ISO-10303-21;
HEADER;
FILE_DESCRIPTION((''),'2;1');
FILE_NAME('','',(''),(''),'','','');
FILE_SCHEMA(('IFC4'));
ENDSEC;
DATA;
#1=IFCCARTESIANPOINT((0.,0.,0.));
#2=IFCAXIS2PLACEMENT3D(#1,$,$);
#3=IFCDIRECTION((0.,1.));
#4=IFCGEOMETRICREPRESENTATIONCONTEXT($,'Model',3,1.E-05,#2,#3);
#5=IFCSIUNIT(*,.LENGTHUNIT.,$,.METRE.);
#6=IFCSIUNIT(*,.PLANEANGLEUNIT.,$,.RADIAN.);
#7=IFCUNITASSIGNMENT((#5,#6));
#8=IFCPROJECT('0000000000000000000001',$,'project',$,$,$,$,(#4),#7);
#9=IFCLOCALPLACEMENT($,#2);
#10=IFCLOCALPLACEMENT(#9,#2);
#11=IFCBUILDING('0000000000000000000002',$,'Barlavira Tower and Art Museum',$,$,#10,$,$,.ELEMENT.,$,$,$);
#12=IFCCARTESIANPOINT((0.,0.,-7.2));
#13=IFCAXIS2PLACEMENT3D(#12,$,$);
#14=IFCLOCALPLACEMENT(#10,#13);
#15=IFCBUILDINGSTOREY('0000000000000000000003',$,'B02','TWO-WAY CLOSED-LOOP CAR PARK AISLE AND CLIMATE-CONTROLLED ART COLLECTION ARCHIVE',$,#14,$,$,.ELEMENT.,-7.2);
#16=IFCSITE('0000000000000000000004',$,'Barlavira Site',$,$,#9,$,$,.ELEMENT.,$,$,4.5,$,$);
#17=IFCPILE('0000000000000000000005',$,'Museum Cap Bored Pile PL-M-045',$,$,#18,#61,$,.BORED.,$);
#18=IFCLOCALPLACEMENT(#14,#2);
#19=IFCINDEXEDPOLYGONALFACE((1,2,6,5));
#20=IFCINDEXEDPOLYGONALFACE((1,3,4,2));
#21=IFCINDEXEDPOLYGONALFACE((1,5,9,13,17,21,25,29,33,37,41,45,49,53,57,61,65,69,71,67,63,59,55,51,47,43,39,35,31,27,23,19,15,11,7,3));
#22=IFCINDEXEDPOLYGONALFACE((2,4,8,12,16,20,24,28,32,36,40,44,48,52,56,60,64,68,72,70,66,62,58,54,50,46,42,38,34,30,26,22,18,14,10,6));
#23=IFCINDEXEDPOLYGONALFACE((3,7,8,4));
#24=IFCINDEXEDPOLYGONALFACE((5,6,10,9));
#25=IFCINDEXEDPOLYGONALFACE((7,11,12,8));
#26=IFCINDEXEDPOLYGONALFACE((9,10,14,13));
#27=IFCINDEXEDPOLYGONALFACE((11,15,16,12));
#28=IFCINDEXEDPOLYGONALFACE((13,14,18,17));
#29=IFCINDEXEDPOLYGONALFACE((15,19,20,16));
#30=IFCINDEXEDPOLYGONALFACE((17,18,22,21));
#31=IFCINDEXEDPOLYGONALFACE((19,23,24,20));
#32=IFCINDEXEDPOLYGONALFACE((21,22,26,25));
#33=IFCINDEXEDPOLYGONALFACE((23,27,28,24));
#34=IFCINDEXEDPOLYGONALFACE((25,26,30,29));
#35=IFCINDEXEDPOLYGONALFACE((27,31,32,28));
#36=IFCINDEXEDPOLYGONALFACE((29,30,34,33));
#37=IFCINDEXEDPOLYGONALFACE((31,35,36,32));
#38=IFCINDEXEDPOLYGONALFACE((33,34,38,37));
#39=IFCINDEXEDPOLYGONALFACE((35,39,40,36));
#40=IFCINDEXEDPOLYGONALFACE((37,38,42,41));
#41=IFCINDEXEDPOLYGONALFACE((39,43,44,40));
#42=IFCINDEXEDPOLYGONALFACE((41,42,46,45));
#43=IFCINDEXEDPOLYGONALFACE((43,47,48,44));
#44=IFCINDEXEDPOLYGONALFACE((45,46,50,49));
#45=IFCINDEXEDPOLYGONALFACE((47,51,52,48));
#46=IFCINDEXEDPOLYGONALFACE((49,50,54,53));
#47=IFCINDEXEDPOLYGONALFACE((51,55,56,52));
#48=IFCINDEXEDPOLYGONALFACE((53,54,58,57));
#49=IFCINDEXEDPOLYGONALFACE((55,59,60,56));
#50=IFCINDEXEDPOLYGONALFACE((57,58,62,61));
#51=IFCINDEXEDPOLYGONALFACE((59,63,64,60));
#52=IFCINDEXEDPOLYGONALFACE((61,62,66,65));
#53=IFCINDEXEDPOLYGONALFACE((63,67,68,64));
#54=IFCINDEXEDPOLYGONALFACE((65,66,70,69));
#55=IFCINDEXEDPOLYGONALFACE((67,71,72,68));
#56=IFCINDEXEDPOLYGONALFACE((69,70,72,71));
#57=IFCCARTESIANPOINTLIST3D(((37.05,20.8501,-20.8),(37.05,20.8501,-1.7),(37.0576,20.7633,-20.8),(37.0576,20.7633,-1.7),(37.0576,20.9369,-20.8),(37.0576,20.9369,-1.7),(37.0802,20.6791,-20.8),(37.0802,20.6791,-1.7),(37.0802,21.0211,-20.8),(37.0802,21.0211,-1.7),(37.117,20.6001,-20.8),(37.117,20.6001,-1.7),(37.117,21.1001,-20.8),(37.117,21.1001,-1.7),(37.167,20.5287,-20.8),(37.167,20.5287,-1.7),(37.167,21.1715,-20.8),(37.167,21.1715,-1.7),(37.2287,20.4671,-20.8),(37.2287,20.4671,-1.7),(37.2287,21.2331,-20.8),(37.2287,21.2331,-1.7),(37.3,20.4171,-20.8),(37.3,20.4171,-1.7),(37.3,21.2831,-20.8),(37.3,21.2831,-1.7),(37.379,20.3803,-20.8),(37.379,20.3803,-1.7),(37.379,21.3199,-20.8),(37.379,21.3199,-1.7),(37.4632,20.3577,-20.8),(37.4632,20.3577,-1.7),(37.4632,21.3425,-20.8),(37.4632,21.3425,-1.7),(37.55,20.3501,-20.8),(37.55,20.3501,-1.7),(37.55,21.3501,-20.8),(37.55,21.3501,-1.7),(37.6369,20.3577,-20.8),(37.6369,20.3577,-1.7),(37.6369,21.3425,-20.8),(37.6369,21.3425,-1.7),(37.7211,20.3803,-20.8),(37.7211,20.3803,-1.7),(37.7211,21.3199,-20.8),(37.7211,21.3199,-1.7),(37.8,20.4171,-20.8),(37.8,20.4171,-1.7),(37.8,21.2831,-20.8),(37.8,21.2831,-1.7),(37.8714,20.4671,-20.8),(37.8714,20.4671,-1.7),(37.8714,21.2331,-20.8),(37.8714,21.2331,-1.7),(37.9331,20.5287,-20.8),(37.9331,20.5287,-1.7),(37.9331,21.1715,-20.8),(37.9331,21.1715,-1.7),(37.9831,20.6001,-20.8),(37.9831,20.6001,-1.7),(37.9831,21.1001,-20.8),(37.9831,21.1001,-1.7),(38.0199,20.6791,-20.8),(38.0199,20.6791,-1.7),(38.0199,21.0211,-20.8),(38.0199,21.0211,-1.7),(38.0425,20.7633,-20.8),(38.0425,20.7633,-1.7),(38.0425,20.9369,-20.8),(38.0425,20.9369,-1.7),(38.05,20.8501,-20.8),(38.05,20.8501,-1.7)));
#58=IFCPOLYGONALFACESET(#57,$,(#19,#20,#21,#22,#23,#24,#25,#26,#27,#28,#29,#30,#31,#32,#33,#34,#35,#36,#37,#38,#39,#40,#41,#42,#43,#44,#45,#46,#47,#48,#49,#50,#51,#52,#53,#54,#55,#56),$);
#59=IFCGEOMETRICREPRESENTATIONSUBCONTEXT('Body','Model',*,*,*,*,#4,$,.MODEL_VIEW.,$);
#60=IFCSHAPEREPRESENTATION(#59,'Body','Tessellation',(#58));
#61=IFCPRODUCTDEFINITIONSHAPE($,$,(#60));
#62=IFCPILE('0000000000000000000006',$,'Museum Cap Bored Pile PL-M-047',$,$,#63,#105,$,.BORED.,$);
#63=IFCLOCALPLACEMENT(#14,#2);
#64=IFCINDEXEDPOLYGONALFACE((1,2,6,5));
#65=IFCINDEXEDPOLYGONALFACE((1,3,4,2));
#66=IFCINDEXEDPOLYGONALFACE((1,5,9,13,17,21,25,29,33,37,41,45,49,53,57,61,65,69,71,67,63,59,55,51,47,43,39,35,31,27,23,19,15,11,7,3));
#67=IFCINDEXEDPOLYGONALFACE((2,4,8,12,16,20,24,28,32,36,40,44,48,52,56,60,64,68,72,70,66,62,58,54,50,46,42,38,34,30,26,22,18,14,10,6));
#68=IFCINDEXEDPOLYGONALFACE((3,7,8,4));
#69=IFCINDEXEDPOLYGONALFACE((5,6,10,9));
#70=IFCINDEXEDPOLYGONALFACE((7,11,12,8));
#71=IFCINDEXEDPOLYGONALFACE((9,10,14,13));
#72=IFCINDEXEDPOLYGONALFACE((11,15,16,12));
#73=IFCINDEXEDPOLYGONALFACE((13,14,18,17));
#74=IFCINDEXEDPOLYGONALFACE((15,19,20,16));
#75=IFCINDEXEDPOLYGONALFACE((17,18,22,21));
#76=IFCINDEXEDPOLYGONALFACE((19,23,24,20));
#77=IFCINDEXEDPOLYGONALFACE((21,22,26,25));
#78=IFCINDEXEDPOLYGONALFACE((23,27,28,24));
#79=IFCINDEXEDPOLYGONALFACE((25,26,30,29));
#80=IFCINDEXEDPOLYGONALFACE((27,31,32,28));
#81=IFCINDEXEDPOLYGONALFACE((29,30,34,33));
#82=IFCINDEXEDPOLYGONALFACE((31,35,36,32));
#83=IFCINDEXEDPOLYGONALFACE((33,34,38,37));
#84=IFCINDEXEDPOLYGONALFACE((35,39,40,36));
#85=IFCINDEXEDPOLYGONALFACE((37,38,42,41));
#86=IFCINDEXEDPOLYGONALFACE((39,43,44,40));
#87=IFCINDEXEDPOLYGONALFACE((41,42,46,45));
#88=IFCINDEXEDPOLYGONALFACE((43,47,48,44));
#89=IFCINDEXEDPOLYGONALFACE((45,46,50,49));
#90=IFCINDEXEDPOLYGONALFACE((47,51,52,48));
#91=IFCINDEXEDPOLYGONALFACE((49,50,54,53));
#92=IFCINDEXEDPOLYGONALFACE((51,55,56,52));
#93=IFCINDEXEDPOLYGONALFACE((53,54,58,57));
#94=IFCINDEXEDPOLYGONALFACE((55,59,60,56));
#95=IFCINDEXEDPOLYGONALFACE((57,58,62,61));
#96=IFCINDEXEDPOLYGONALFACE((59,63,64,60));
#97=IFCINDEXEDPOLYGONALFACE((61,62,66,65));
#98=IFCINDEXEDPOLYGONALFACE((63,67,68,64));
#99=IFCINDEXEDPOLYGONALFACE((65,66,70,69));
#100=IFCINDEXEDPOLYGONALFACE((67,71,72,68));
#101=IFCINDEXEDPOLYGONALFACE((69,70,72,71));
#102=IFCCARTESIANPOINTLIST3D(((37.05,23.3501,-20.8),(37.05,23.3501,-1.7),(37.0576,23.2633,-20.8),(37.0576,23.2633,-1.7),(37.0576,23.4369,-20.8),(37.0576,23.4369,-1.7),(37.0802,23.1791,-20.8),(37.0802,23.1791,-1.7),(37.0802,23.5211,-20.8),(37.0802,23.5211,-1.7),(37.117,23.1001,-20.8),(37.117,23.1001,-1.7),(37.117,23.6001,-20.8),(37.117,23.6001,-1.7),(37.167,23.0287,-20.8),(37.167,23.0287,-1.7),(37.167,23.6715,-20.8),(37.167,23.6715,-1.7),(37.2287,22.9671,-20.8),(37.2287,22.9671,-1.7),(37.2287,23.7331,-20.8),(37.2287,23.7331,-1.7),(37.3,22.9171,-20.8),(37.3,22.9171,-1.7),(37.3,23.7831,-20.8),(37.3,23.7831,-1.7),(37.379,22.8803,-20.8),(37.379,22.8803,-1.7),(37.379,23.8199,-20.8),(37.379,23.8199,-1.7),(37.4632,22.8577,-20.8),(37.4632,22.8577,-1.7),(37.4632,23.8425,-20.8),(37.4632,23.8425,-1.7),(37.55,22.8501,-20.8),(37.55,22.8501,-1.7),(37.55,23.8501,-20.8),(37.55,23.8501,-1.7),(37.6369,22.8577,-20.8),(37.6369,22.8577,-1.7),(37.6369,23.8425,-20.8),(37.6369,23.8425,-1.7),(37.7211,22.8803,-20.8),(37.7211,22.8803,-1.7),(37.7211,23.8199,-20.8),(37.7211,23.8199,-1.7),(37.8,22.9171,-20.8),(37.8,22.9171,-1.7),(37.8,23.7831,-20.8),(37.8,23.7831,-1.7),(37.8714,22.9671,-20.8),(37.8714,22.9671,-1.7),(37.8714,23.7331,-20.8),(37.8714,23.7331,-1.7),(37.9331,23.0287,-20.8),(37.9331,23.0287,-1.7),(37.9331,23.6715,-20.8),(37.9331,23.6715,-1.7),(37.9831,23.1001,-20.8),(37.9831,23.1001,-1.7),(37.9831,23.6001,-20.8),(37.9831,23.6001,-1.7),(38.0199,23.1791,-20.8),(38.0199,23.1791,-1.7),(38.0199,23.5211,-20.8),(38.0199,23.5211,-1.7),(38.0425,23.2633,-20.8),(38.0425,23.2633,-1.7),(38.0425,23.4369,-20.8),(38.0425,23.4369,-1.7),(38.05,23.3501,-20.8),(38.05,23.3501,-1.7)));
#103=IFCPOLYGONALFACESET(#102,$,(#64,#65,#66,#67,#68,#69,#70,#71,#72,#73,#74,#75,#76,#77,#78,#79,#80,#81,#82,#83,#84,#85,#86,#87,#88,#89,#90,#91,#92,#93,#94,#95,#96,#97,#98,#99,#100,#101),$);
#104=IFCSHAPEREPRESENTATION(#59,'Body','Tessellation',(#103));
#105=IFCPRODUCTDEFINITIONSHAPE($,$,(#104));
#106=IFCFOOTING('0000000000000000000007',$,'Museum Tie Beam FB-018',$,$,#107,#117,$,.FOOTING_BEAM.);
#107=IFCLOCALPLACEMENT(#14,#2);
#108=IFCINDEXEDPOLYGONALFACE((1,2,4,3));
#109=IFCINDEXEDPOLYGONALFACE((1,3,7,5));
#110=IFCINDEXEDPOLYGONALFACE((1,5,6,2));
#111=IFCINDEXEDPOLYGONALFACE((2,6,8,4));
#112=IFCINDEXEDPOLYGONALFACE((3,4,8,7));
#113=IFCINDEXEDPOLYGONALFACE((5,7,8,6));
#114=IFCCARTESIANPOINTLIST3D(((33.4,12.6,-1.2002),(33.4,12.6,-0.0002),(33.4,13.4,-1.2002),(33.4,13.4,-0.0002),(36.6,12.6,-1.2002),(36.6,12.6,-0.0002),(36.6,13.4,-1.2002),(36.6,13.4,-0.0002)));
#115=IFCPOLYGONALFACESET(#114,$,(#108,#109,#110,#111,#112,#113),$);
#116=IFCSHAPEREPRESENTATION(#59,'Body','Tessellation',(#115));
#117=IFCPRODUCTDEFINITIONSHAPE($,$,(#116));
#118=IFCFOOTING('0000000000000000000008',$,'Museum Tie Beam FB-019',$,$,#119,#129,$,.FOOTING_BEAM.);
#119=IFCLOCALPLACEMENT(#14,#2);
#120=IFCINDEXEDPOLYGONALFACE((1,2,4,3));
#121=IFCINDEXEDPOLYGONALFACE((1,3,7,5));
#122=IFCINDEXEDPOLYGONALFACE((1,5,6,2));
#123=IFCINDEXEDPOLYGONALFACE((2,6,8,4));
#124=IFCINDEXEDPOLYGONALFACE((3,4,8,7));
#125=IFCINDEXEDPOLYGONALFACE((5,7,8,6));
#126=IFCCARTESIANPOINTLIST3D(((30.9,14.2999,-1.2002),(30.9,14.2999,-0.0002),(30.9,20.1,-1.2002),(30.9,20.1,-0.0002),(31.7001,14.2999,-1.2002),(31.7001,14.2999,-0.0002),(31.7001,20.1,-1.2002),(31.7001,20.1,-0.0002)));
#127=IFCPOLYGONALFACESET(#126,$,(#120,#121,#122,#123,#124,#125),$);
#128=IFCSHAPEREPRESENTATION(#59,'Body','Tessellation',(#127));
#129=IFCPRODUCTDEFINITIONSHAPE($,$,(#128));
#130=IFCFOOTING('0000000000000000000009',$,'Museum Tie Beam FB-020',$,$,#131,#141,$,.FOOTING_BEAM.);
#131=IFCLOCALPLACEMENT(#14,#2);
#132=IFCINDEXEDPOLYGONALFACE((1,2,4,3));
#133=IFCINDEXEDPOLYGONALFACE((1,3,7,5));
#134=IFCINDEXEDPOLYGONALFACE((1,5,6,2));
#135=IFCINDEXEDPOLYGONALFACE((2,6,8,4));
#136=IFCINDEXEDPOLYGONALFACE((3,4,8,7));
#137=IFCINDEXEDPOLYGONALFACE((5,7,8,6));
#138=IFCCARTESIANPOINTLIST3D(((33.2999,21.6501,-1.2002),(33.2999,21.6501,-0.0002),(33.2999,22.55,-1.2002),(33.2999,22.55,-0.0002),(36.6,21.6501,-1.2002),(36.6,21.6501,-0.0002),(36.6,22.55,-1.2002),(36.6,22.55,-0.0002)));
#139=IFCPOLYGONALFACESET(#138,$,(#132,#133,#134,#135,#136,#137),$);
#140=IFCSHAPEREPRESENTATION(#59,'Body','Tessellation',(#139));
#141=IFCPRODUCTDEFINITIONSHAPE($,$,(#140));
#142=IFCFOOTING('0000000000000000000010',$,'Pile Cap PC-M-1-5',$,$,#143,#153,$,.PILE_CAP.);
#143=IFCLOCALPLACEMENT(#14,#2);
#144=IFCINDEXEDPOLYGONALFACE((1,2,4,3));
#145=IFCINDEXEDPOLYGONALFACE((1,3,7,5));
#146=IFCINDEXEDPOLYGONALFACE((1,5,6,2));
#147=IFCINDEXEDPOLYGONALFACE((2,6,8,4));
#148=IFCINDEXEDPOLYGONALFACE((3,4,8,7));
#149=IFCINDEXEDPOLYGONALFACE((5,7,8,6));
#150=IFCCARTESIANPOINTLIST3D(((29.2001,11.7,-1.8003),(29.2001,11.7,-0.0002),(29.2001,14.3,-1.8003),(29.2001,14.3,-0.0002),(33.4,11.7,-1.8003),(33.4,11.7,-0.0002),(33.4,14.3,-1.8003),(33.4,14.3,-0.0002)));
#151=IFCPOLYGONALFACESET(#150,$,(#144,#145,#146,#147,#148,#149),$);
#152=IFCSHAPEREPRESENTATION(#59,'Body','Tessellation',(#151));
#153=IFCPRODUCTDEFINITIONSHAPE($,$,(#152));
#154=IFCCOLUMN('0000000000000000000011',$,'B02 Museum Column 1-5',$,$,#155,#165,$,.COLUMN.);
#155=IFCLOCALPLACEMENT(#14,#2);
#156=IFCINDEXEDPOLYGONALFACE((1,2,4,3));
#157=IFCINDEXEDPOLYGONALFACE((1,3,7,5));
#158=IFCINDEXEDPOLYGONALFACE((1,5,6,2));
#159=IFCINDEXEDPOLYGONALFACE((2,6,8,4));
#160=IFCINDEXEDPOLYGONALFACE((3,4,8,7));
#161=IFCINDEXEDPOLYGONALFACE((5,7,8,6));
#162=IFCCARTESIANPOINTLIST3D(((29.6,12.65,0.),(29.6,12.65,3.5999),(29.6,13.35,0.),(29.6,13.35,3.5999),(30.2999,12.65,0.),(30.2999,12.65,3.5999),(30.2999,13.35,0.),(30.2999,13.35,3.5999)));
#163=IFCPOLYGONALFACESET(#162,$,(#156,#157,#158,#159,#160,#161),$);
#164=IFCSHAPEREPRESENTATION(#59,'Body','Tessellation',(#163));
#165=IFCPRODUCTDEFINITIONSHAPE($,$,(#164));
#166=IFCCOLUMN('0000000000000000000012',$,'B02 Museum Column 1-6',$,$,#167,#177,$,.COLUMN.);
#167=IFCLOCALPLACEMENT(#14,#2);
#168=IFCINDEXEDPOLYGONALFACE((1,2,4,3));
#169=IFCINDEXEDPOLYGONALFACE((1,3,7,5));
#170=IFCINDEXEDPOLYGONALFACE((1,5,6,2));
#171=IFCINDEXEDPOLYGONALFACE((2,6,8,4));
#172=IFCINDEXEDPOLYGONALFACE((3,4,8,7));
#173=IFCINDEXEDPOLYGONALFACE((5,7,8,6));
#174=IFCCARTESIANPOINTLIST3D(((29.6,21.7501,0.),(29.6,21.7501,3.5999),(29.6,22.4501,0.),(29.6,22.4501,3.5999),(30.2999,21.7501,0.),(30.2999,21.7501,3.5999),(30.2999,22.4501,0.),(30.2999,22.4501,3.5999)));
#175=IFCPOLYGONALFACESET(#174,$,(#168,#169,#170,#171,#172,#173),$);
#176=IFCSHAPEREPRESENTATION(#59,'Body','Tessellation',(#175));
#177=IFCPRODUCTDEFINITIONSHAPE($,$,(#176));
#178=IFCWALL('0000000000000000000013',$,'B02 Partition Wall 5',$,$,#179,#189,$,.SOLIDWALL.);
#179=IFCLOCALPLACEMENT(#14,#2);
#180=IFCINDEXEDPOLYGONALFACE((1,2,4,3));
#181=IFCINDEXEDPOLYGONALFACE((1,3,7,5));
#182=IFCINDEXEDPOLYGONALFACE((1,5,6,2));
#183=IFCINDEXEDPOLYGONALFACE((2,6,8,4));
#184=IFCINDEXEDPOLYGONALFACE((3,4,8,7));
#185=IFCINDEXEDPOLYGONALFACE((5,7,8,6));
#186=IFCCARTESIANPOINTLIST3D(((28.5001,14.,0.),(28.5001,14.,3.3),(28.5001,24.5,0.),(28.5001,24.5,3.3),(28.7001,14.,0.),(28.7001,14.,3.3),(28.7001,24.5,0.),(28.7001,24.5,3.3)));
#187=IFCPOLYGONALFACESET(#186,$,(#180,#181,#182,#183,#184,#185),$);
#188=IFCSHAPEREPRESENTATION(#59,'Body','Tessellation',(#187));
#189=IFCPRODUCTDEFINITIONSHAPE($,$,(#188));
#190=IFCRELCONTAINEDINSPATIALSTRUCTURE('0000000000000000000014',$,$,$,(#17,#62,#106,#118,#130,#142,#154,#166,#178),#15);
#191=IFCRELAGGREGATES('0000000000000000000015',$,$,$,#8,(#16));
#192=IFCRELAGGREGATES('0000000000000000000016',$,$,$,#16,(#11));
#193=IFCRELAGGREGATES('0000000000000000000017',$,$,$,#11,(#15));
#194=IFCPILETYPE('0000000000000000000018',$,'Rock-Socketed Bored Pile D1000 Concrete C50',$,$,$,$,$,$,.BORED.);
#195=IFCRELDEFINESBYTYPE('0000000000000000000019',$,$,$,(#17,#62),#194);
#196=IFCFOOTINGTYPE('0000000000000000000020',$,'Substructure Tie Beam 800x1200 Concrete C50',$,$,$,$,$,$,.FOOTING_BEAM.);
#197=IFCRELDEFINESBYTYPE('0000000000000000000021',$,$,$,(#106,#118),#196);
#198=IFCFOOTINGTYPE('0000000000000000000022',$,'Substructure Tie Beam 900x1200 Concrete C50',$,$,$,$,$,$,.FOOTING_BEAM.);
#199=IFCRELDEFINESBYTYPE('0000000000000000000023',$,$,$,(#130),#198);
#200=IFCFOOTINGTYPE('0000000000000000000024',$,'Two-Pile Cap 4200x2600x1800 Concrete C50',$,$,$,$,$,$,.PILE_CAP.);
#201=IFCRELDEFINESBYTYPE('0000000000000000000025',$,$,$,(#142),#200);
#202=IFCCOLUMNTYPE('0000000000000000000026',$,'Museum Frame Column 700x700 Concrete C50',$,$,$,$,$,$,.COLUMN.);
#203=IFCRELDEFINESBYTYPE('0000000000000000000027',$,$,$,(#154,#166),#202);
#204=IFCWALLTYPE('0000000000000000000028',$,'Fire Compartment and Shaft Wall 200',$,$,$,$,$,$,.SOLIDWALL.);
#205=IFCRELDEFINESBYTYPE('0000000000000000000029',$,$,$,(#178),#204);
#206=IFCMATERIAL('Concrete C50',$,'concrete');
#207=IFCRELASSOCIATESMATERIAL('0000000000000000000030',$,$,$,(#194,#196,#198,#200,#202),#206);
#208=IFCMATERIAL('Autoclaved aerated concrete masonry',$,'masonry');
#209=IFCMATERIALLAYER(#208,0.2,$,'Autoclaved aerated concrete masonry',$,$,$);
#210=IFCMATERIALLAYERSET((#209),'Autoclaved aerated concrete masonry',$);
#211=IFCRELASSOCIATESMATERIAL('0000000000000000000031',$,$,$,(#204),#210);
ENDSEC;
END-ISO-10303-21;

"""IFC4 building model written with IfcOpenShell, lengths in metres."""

from ifc_helpers import new_model, si_unit, direction, frame, frame_2d, origin, origin_2d, place, context, subcontext, project, spatial, rectangle, circle, extrude, material, layer, layer_set, material_profile, profile_set, type_object, element, save


model = new_model("IFC4")

# Units and contexts
model_context = context("Model", 3, precision=1e-05, world=origin(), true_north=direction((0.0, 1.0)))
body_context = subcontext(model_context, "Body", "Model", "MODEL_VIEW")
ifc_project = project(units=[si_unit("LENGTHUNIT", "METRE"), si_unit("PLANEANGLEUNIT", "RADIAN")], contexts=[model_context])

# Site, building, storey
site_placement = place(None, origin())
site = spatial("IfcSite", under=ifc_project, at=site_placement, Name="Barlavira Site", CompositionType="ELEMENT", RefElevation=4.5)
building_placement = place(site_placement, origin())
building = spatial("IfcBuilding", under=site, at=building_placement, Name="Barlavira Tower and Art Museum", CompositionType="ELEMENT")
storey_placement = place(building_placement, frame((0.0, 0.0, -7.2)))
storey = spatial("IfcBuildingStorey", under=building, at=storey_placement, Name="B02", Description="TWO-WAY CLOSED-LOOP CAR PARK AISLE AND CLIMATE-CONTROLLED ART COLLECTION ARCHIVE", CompositionType="ELEMENT", Elevation=-7.2)

# Shared definitions
ifc_material_1 = material(Name="Concrete C50", Category="concrete")

# Piles
ifc_material_profile_1 = material_profile(ifc_material_1, circle(Radius=0.5, at=origin_2d()), Name="BORED PILE D1000")
ifc_profile_set_1 = profile_set([ifc_material_profile_1], Name="Concrete C50")
pile_type = type_object("IfcPileType", Name="Rock-Socketed Bored Pile D1000 Concrete C50", PredefinedType="BORED", material=ifc_profile_set_1)
for number, where, z_axis, x_axis, name in (
    (1, (37.55, 20.8501, -1.7), (0.0, 0.0, -1.0), (1.0, 0.0, 0.0), "Museum Cap Bored Pile PL-M-045"),
    (2, (37.55, 23.3501, -1.7), (0.0, 0.0, -1.0), (1.0, 0.0, 0.0), "Museum Cap Bored Pile PL-M-047"),
):
    element("IfcPile", number, at=place(storey_placement, frame(where, z_axis=z_axis, x_axis=x_axis)), inside=storey, type_object=pile_type, Name=name, PredefinedType="BORED", context=body_context, shape_type="SweptSolid", body=[
        extrude(circle(Radius=0.5, at=origin_2d()), origin(), (0.0, 0.0, 1.0), 19.1001),
    ])

# Footings
footing_type_1 = type_object("IfcFootingType", Name="Substructure Tie Beam 800x1200 Concrete C50", PredefinedType="FOOTING_BEAM", material=ifc_material_1)
footing_1_placement = place(storey_placement, frame((35.0, 13.0, -1.2002), z_axis=(0.0, 0.0, 1.0), x_axis=(1.0, 0.0, 0.0)))
element("IfcFooting", 3, at=footing_1_placement, inside=storey, type_object=footing_type_1, Name="Museum Tie Beam FB-018", PredefinedType="FOOTING_BEAM", context=body_context, shape_type="SweptSolid", body=[
    extrude(rectangle(XDim=3.2, YDim=0.8, at=origin_2d()), origin(), (0.0, 0.0, 1.0), 1.2),
])
footing_2_placement = place(storey_placement, frame((31.3, 17.2, -1.2002), z_axis=(0.0, 0.0, 1.0), x_axis=(1.0, 0.0, 0.0)))
element("IfcFooting", 4, at=footing_2_placement, inside=storey, type_object=footing_type_1, Name="Museum Tie Beam FB-019", PredefinedType="FOOTING_BEAM", context=body_context, shape_type="SweptSolid", body=[
    extrude(rectangle(XDim=0.8, YDim=5.8, at=origin_2d()), origin(), (0.0, 0.0, 1.0), 1.2),
])
footing_type_2 = type_object("IfcFootingType", Name="Substructure Tie Beam 900x1200 Concrete C50", PredefinedType="FOOTING_BEAM", material=ifc_material_1)
footing_3_placement = place(storey_placement, frame((34.95, 22.1001, -1.2002), z_axis=(0.0, 0.0, 1.0), x_axis=(1.0, 0.0, 0.0)))
element("IfcFooting", 5, at=footing_3_placement, inside=storey, type_object=footing_type_2, Name="Museum Tie Beam FB-020", PredefinedType="FOOTING_BEAM", context=body_context, shape_type="SweptSolid", body=[
    extrude(rectangle(XDim=3.3, YDim=0.8999, at=origin_2d()), origin(), (0.0, 0.0, 1.0), 1.2),
])
footing_type_3 = type_object("IfcFootingType", Name="Two-Pile Cap 4200x2600x1800 Concrete C50", PredefinedType="PILE_CAP", material=ifc_material_1)
footing_4_placement = place(storey_placement, frame((31.3, 13.0, -1.8003), z_axis=(0.0, 0.0, 1.0), x_axis=(1.0, 0.0, 0.0)))
element("IfcFooting", 6, at=footing_4_placement, inside=storey, type_object=footing_type_3, Name="Pile Cap PC-M-1-5", PredefinedType="PILE_CAP", context=body_context, shape_type="SweptSolid", body=[
    extrude(rectangle(XDim=4.2, YDim=2.6001, at=origin_2d()), origin(), (0.0, 0.0, 1.0), 1.8),
])

# Columns
ifc_material_profile_2 = material_profile(ifc_material_1, rectangle(XDim=0.7, YDim=0.7, at=origin_2d()), Name="RC-COL 700x700")
ifc_profile_set_2 = profile_set([ifc_material_profile_2], Name="Concrete C50")
column_type = type_object("IfcColumnType", Name="Museum Frame Column 700x700 Concrete C50", PredefinedType="COLUMN", material=ifc_profile_set_2)
for number, where, z_axis, x_axis, name in (
    (7, (29.95, 13.0, 0.0), (0.0, 0.0, 1.0), (1.0, 0.0, 0.0), "B02 Museum Column 1-5"),
    (8, (29.95, 22.1001, 0.0), (0.0, 0.0, 1.0), (1.0, 0.0, 0.0), "B02 Museum Column 1-6"),
):
    element("IfcColumn", number, at=place(storey_placement, frame(where, z_axis=z_axis, x_axis=x_axis)), inside=storey, type_object=column_type, Name=name, PredefinedType="COLUMN", context=body_context, shape_type="SweptSolid", body=[
        extrude(rectangle(XDim=0.7, YDim=0.7, at=origin_2d()), origin(), (0.0, 0.0, 1.0), 3.5999),
    ])

# Wall
ifc_material_2 = material(Name="Autoclaved aerated concrete masonry", Category="masonry")
ifc_layer_1 = layer(ifc_material_2, 0.2, Name="Autoclaved aerated concrete masonry")
ifc_layer_set_1 = layer_set([ifc_layer_1], Name="Autoclaved aerated concrete masonry")
wall_type_1 = type_object("IfcWallType", Name="Fire Compartment and Shaft Wall 200", PredefinedType="SOLIDWALL", material=ifc_layer_set_1)
wall_1_placement = place(storey_placement, frame((28.6001, 14.0, 0.0), z_axis=(0.0, 0.0, 1.0), x_axis=(0.0, 1.0, 0.0)))
element("IfcWall", 9, at=wall_1_placement, inside=storey, type_object=wall_type_1, Name="B02 Partition Wall 5", PredefinedType="SOLIDWALL", context=body_context, shape_type="SweptSolid", body=[
    extrude(rectangle(XDim=10.5, YDim=0.2, at=frame_2d((5.25, 0.0))), origin(), (0.0, 0.0, 1.0), 3.3),
])

save(model, "model.ifc")
